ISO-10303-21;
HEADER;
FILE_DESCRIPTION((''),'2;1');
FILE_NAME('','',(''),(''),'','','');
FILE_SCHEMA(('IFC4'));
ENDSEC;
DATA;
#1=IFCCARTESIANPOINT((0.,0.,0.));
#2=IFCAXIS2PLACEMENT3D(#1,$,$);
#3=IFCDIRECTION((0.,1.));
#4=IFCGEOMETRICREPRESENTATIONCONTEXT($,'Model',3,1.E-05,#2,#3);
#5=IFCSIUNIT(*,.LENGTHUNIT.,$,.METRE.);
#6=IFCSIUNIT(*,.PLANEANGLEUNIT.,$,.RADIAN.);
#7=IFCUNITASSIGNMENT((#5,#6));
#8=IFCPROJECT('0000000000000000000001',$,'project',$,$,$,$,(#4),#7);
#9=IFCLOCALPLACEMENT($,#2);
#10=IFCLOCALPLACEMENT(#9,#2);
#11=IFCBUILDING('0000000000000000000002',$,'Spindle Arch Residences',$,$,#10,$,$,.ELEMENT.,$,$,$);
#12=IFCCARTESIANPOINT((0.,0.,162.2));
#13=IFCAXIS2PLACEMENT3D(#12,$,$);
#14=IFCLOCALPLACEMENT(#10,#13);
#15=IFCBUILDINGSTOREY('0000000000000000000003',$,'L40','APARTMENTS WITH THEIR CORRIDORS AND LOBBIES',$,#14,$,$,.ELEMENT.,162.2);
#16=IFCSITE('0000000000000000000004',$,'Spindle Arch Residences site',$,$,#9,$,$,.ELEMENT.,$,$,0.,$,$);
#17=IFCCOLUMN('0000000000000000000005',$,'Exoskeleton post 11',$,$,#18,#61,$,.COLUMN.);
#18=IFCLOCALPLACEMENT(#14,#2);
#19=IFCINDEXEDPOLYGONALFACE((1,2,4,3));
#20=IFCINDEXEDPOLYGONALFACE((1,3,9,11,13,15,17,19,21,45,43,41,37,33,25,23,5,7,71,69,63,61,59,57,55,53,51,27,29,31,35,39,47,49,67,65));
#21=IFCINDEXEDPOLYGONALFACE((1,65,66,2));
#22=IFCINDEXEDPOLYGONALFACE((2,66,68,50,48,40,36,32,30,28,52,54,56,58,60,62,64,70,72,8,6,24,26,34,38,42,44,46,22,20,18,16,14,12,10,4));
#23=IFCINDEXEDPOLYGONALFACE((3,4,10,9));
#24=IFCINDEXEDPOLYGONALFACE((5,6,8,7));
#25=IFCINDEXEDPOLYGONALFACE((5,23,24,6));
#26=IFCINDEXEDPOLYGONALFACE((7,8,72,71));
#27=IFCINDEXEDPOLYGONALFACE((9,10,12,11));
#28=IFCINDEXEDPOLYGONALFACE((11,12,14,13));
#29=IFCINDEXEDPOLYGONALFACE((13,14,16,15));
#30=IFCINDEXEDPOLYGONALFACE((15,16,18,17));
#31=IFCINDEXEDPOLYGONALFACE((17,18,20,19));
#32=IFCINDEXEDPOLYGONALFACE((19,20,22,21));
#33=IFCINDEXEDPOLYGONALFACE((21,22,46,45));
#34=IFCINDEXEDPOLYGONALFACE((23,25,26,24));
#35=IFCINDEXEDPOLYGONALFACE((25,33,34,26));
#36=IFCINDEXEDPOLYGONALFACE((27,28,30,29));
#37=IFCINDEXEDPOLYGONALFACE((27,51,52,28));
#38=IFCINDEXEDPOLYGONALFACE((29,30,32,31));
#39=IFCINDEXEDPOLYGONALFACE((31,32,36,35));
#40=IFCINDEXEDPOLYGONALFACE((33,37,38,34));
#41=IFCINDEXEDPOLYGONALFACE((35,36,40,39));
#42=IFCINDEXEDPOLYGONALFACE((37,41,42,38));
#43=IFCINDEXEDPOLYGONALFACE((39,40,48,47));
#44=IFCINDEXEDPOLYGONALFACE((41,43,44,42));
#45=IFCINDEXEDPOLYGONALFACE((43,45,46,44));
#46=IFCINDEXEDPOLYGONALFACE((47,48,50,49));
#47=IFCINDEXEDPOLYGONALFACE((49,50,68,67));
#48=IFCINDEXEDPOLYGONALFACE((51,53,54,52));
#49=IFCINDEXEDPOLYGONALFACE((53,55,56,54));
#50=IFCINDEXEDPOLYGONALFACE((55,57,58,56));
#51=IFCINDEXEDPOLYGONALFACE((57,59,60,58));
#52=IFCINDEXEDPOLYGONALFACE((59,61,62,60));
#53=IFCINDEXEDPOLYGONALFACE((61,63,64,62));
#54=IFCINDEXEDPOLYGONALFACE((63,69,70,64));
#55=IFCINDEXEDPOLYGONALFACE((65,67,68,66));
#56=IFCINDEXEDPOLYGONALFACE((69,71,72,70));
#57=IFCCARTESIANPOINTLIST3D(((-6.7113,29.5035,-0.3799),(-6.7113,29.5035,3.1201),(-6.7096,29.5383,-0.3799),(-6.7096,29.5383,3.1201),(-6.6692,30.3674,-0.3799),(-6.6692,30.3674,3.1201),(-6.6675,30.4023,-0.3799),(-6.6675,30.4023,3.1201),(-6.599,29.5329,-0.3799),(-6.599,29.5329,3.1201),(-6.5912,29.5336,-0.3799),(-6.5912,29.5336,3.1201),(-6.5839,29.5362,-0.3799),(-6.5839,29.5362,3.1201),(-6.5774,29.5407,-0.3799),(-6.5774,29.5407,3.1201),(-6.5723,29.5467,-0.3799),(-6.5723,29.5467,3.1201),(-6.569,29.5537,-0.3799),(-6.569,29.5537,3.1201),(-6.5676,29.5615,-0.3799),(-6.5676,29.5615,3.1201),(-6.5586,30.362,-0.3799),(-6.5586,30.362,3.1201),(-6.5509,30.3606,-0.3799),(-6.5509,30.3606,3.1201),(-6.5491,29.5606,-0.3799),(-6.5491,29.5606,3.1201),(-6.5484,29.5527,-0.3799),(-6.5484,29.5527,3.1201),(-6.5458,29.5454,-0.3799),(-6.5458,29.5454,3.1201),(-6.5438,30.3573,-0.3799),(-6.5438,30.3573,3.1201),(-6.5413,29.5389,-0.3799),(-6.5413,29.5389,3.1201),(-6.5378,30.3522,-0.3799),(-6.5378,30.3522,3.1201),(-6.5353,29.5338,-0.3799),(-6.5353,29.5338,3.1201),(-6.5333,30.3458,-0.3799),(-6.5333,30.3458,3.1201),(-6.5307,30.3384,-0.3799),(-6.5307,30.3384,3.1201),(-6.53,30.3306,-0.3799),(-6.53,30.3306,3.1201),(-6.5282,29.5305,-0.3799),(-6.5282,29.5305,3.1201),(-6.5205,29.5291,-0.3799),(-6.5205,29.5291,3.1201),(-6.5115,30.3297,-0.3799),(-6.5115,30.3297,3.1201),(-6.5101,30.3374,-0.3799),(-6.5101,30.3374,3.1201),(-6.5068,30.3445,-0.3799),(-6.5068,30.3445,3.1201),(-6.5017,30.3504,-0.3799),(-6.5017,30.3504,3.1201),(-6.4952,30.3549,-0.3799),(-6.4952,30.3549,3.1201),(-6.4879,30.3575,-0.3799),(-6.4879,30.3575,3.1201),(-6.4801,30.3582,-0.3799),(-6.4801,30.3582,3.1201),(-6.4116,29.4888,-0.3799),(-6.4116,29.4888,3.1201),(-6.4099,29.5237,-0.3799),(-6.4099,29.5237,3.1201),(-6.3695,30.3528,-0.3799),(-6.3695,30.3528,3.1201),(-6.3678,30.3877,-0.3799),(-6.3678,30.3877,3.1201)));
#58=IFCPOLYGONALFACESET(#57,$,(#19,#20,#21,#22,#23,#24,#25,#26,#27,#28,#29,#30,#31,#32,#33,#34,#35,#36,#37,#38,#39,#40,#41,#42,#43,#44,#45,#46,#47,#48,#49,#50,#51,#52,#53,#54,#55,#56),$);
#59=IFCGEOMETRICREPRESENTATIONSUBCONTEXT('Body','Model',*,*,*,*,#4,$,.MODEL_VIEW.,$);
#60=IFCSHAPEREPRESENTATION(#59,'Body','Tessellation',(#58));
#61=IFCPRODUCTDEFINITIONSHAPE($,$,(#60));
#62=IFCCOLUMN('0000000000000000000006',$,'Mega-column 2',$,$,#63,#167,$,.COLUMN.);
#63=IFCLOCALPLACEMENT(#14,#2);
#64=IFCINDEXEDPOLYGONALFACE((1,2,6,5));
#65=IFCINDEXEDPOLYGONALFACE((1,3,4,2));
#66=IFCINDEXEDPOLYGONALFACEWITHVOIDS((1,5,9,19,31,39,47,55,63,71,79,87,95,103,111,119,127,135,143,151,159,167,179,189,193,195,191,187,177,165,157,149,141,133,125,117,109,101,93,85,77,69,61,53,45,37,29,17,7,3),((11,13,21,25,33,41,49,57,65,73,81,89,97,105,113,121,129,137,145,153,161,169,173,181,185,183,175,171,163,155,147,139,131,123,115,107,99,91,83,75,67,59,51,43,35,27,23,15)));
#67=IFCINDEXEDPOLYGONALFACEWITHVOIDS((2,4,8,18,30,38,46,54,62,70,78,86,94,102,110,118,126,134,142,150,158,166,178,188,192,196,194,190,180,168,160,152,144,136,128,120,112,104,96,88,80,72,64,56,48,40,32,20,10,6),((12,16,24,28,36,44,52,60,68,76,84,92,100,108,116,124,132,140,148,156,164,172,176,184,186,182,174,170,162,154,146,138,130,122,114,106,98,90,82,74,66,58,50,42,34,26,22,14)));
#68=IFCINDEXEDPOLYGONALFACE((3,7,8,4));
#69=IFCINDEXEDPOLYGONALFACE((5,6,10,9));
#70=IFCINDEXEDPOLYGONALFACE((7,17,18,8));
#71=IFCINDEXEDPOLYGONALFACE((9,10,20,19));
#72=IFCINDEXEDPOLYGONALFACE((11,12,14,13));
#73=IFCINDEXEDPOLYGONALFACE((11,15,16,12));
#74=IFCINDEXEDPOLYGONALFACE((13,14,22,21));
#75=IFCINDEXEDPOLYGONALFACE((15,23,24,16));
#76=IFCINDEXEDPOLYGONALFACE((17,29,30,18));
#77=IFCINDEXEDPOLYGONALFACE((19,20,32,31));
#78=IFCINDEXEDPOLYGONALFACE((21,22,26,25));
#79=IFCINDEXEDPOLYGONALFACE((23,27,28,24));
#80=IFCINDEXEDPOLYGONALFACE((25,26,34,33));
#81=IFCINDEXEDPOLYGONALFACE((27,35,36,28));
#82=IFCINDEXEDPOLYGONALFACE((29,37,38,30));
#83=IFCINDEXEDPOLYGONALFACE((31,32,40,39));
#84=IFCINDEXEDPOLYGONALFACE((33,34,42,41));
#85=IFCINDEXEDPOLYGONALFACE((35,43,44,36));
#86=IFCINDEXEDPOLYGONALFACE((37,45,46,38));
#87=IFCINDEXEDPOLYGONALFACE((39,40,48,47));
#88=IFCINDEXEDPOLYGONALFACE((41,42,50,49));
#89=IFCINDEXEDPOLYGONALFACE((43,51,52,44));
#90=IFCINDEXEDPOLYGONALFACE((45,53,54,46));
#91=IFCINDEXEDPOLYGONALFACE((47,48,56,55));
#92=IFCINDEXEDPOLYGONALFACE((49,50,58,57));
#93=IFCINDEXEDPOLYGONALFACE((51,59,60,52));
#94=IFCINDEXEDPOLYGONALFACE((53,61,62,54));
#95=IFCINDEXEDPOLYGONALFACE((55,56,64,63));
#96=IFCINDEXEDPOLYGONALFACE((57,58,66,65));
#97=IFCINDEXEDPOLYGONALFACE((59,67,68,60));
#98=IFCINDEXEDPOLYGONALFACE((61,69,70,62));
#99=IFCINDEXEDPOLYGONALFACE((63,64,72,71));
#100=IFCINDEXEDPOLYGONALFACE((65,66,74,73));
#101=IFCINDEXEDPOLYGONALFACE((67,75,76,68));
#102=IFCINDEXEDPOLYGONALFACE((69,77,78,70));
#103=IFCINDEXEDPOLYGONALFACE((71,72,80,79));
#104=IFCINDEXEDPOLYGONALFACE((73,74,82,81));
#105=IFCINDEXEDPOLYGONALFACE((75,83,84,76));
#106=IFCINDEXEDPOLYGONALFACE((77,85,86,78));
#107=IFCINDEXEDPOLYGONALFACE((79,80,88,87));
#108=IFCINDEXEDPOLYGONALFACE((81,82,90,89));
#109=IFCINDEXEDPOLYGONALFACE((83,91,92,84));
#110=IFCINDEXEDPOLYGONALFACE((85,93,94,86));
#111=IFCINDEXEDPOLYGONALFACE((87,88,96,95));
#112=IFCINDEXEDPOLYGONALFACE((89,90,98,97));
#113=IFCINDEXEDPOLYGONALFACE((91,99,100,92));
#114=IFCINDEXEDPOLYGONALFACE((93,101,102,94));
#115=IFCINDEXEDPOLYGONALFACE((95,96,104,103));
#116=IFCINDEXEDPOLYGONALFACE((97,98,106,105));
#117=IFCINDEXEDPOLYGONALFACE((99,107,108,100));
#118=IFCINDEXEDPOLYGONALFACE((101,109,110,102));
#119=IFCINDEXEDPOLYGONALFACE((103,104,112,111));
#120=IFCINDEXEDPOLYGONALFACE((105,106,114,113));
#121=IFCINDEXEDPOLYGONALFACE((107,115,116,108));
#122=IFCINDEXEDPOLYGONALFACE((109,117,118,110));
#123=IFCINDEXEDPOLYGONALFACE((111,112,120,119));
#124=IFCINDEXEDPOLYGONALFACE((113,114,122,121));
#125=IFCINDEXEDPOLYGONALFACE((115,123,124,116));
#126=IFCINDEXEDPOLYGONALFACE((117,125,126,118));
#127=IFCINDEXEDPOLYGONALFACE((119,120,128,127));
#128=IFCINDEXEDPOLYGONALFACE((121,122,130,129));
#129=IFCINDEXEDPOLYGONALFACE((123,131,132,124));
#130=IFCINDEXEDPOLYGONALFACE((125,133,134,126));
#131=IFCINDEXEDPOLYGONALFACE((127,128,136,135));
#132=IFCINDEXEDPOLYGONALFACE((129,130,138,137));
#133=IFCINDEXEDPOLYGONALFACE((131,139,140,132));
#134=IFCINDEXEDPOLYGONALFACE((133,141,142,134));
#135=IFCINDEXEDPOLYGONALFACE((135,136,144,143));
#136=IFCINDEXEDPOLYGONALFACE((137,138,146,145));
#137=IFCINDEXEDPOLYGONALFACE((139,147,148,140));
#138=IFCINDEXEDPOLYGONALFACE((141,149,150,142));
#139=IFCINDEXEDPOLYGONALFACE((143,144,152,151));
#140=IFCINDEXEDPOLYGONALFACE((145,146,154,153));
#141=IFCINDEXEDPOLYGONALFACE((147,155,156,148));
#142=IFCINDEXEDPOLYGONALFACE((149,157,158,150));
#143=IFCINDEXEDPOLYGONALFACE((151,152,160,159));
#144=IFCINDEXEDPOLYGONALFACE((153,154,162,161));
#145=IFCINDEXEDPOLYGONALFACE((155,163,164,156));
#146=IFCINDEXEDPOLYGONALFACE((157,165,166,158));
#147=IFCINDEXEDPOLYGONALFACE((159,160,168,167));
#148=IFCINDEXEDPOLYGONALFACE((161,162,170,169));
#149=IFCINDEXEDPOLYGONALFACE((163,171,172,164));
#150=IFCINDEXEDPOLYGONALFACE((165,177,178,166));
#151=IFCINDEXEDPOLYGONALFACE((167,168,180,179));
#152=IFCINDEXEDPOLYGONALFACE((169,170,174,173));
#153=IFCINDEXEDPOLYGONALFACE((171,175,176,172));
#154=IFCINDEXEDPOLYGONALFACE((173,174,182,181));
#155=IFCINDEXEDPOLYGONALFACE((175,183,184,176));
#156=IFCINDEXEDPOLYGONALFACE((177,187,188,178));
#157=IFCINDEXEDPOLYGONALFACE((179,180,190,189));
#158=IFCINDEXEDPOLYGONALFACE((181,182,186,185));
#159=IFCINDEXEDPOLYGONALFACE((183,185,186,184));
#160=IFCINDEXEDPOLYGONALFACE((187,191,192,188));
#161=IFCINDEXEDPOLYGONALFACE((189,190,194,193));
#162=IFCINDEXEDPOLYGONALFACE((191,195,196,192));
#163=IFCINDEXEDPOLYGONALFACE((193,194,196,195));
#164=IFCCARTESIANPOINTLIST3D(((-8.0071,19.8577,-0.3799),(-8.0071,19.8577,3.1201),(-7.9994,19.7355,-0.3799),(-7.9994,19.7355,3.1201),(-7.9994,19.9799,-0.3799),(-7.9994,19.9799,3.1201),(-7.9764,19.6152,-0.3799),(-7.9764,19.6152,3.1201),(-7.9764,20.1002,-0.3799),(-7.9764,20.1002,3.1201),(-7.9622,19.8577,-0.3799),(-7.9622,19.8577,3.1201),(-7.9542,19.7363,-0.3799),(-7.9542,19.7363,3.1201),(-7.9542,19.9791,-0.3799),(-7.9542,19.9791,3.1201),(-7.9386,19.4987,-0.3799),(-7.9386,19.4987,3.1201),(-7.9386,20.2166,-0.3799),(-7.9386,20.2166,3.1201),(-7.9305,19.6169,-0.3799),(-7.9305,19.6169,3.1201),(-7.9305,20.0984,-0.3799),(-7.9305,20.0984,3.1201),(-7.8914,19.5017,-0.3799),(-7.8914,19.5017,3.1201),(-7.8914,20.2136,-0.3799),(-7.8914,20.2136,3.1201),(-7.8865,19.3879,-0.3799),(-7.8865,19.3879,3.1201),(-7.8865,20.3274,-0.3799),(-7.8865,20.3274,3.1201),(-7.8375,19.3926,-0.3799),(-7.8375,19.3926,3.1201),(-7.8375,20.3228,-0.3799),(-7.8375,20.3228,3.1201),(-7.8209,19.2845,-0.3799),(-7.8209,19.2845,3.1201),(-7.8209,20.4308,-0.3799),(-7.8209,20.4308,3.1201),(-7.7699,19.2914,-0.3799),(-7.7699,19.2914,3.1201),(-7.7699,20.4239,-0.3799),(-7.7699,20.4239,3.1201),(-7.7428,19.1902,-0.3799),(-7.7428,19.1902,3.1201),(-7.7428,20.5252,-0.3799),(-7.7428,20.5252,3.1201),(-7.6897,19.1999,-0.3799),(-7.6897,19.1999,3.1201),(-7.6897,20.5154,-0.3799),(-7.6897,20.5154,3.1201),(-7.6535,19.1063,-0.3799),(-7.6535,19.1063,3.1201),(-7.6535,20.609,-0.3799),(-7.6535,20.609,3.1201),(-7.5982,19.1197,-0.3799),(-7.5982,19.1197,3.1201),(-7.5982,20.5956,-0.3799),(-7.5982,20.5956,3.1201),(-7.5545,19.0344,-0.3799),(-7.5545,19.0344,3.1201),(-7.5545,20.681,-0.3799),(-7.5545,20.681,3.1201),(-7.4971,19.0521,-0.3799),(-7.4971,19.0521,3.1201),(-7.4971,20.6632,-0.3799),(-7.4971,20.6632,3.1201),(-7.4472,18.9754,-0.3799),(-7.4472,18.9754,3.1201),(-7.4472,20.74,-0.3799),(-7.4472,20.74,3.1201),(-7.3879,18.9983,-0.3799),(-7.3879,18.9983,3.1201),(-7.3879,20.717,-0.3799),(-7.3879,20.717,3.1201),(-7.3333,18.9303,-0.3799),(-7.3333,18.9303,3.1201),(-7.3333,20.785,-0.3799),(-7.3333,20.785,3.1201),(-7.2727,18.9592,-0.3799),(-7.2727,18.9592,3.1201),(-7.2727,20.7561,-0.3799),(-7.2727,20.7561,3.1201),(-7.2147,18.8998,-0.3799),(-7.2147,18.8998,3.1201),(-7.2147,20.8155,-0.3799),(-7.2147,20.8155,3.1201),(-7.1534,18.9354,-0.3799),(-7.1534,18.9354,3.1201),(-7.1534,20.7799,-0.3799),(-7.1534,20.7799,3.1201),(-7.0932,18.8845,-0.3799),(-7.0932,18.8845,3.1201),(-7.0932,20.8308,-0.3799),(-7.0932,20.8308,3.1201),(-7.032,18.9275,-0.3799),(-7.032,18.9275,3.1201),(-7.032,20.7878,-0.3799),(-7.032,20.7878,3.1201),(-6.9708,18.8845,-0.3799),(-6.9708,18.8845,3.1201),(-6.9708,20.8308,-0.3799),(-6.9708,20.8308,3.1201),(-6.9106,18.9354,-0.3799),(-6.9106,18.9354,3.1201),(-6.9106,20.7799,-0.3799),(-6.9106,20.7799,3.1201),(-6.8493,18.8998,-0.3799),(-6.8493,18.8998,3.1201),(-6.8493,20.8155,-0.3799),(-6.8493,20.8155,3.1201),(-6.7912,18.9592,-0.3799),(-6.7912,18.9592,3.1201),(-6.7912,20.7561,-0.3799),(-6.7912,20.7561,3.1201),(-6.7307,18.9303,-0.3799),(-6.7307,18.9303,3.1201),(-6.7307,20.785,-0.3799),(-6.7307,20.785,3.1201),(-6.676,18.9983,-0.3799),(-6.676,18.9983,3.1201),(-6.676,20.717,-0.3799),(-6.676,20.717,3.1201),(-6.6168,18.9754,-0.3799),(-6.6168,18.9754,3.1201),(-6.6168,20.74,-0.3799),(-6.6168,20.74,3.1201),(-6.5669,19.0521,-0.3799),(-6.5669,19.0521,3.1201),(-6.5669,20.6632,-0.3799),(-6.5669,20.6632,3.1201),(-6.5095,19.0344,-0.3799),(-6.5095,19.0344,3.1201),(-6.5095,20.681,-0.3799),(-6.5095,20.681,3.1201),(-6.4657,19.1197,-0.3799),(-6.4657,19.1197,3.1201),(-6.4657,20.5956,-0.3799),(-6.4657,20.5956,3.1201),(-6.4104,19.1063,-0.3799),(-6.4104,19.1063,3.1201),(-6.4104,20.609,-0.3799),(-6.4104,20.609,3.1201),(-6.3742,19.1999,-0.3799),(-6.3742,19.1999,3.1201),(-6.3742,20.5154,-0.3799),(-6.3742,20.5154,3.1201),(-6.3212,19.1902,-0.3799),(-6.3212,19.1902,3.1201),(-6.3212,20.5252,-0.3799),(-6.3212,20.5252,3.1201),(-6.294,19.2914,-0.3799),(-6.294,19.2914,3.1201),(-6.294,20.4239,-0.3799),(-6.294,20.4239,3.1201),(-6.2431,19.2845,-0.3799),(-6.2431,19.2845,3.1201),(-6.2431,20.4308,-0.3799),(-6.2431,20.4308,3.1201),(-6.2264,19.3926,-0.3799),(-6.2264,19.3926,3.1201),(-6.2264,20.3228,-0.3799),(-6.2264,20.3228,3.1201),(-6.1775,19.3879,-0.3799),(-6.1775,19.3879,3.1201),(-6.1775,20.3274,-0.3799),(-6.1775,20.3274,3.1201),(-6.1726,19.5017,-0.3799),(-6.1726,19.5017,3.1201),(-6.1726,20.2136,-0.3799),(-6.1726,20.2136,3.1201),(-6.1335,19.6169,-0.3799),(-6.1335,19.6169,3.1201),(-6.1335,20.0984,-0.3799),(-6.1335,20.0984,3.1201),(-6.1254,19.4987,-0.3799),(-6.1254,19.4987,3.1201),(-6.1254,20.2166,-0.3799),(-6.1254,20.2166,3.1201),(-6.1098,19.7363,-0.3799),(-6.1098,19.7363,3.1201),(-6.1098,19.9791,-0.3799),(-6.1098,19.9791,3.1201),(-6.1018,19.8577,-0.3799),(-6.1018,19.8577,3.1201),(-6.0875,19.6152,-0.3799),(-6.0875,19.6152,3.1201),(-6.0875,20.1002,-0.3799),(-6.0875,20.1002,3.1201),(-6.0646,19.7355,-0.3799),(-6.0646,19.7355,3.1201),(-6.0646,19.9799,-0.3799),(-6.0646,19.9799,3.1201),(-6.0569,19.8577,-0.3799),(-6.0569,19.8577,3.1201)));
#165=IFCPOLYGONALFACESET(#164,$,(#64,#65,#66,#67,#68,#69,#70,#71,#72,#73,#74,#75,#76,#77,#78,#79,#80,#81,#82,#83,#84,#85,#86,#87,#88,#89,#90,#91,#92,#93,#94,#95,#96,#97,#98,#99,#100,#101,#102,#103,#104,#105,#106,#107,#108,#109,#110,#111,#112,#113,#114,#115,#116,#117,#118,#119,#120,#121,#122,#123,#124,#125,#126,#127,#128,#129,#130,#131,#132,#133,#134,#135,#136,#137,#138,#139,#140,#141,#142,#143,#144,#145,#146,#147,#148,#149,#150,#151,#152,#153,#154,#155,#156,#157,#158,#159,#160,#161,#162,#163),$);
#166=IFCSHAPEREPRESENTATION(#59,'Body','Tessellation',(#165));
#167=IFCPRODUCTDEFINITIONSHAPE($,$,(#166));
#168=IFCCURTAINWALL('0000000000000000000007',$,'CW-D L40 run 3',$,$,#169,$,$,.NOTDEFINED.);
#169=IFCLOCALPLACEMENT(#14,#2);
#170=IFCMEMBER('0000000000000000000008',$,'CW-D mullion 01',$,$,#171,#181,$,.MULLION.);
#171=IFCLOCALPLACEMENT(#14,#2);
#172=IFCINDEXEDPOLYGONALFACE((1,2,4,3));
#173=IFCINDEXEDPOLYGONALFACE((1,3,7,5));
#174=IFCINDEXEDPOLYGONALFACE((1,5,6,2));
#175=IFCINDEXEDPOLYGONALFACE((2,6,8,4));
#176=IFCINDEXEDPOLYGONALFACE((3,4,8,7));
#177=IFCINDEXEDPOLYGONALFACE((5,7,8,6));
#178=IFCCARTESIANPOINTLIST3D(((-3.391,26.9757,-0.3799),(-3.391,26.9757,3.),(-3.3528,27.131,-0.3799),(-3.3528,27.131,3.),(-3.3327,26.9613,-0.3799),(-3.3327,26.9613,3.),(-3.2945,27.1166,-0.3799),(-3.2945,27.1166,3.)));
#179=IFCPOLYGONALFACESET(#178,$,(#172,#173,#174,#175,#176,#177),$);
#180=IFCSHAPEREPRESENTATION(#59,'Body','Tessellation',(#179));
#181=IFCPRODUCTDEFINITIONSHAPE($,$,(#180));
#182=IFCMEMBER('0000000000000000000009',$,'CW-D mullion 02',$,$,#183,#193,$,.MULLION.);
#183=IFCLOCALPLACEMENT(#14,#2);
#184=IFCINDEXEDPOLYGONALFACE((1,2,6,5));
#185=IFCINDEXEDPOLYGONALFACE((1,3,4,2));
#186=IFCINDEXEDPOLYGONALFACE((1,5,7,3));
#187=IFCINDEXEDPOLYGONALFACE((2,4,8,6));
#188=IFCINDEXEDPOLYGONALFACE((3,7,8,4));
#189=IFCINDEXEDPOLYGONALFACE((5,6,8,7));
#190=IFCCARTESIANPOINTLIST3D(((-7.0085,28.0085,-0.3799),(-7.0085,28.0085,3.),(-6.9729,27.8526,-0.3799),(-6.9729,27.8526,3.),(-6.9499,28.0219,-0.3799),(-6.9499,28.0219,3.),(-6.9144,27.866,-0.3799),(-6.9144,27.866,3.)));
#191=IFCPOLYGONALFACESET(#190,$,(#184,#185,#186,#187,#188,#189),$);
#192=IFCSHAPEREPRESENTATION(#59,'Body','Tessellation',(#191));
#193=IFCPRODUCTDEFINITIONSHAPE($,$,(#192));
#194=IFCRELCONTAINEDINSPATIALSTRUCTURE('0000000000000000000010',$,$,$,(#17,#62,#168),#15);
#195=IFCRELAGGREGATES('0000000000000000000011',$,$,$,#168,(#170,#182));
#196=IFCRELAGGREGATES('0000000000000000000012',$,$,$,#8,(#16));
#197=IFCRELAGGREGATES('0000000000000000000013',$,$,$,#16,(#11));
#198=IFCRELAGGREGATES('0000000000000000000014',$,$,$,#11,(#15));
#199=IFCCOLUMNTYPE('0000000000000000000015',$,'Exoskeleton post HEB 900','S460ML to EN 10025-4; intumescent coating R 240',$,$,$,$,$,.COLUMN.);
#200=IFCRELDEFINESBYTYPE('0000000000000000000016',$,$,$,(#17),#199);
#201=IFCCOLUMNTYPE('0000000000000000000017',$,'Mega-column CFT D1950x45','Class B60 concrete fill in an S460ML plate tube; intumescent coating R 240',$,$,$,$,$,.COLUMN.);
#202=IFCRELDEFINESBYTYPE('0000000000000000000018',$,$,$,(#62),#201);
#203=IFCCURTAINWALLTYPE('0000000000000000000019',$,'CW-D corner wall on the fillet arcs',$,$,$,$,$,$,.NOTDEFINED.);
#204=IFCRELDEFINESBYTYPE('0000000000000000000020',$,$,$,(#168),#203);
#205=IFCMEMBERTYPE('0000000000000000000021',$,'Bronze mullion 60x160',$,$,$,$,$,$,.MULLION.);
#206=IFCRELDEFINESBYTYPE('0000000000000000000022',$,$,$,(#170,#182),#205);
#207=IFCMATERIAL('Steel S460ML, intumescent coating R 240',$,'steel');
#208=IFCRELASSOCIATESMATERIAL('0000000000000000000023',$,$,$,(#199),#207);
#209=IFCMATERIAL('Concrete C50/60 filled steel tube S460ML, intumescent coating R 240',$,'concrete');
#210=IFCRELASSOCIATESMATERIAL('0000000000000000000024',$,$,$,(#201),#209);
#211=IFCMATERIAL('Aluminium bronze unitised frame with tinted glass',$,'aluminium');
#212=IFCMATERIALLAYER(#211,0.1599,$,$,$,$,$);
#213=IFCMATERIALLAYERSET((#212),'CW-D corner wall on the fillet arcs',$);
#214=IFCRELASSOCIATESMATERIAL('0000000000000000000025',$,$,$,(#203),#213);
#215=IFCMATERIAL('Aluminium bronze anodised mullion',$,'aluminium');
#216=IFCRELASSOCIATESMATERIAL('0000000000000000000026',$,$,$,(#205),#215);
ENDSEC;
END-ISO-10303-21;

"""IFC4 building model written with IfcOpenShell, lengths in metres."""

from ifc_helpers import new_model, si_unit, direction, frame, origin, origin_2d, place, context, subcontext, project, spatial, rectangle, hollow_circle, i_section, extrude, material, layer, layer_set, material_profile, profile_set, type_object, element, aggregate, save


model = new_model("IFC4")

# Units and contexts
model_context = context("Model", 3, precision=1e-05, world=origin(), true_north=direction((0.0, 1.0)))
body_context = subcontext(model_context, "Body", "Model", "MODEL_VIEW")
ifc_project = project(units=[si_unit("LENGTHUNIT", "METRE"), si_unit("PLANEANGLEUNIT", "RADIAN")], contexts=[model_context])

# Site, building, storey
site_placement = place(None, origin())
site = spatial("IfcSite", under=ifc_project, at=site_placement, Name="Spindle Arch Residences site", CompositionType="ELEMENT", RefElevation=0.0)
building_placement = place(site_placement, origin())
building = spatial("IfcBuilding", under=site, at=building_placement, Name="Spindle Arch Residences", CompositionType="ELEMENT")
storey_placement = place(building_placement, frame((0.0, 0.0, 162.2)))
storey = spatial("IfcBuildingStorey", under=building, at=storey_placement, Name="L40", Description="APARTMENTS WITH THEIR CORRIDORS AND LOBBIES", CompositionType="ELEMENT", Elevation=162.2)

# Columns
ifc_material_1 = material(Name="Steel S460ML, intumescent coating R 240", Category="steel")
ifc_material_profile_1 = material_profile(ifc_material_1, i_section(OverallWidth=0.3, OverallDepth=0.8999, WebThickness=0.0186, FlangeThickness=0.0349, FilletRadius=0.03, at=origin_2d()), Name="HEB 900")
ifc_profile_set_1 = profile_set([ifc_material_profile_1], Name="Steel S460ML, intumescent coating R 240")
column_type_1 = type_object("IfcColumnType", Name="Exoskeleton post HEB 900", Description="S460ML to EN 10025-4; intumescent coating R 240", PredefinedType="COLUMN", material=ifc_profile_set_1)
column_1_placement = place(storey_placement, frame((-6.5396, 29.9456, -0.3799), z_axis=(0.0, 0.0, 1.0), x_axis=(0.998811, -0.048754, 0.0)))
element("IfcColumn", 1, at=column_1_placement, inside=storey, type_object=column_type_1, Name="Exoskeleton post 11", PredefinedType="COLUMN", context=body_context, shape_type="SweptSolid", body=[
    extrude(i_section(OverallWidth=0.3, OverallDepth=0.8999, WebThickness=0.0186, FlangeThickness=0.0349, FilletRadius=0.03, at=origin_2d()), origin(), (0.0, 0.0, 1.0), 3.5),
])
ifc_material_2 = material(Name="Concrete C50/60 filled steel tube S460ML, intumescent coating R 240", Category="concrete")
ifc_material_profile_2 = material_profile(ifc_material_2, hollow_circle(Radius=0.9751, WallThickness=0.0449, at=origin_2d()), Name="CFT D1950x45")
ifc_profile_set_2 = profile_set([ifc_material_profile_2], Name="Concrete C50/60 filled steel tube S460ML, intumescent coating R 240")
column_type_2 = type_object("IfcColumnType", Name="Mega-column CFT D1950x45", Description="Class B60 concrete fill in an S460ML plate tube; intumescent coating R 240", PredefinedType="COLUMN", material=ifc_profile_set_2)
column_2_placement = place(storey_placement, frame((-7.032, 19.8577, -0.3799), z_axis=(0.0, 0.0, 1.0), x_axis=(1.0, 0.0, 0.0)))
element("IfcColumn", 2, at=column_2_placement, inside=storey, type_object=column_type_2, Name="Mega-column 2", PredefinedType="COLUMN", context=body_context, shape_type="SweptSolid", body=[
    extrude(hollow_circle(Radius=0.9751, WallThickness=0.0449, at=origin_2d()), origin(), (0.0, 0.0, 1.0), 3.5),
])

# Curtain wall, members
ifc_material_3 = material(Name="Aluminium bronze unitised frame with tinted glass", Category="aluminium")
ifc_layer_1 = layer(ifc_material_3, 0.1599)
ifc_layer_set_1 = layer_set([ifc_layer_1], Name="CW-D corner wall on the fillet arcs")
curtain_wall_type = type_object("IfcCurtainWallType", Name="CW-D corner wall on the fillet arcs", PredefinedType="NOTDEFINED", material=ifc_layer_set_1)
curtain_wall_placement = place(storey_placement, origin())
curtain_wall = element("IfcCurtainWall", 3, at=curtain_wall_placement, inside=storey, type_object=curtain_wall_type, Name="CW-D L40 run 3", PredefinedType="NOTDEFINED")
ifc_material_4 = material(Name="Aluminium bronze anodised mullion", Category="aluminium")
ifc_material_profile_3 = material_profile(ifc_material_4, rectangle(XDim=0.1599, YDim=0.0601, at=origin_2d()), Name="MU 60x160")
ifc_profile_set_3 = profile_set([ifc_material_profile_3], Name="Aluminium bronze anodised mullion")
member_type_1 = type_object("IfcMemberType", Name="Bronze mullion 60x160", PredefinedType="MULLION", material=ifc_profile_set_3)
member_1_placement = place(storey_placement, frame((-3.3428, 27.0461, -0.3799), z_axis=(0.0, 0.0, 1.0), x_axis=(-0.239098, -0.970995, 0.0)))
member_1 = element("IfcMember", 4, at=member_1_placement, type_object=member_type_1, Name="CW-D mullion 01", PredefinedType="MULLION", context=body_context, shape_type="SweptSolid", body=[
    extrude(rectangle(XDim=0.1599, YDim=0.0601, at=origin_2d()), origin(), (0.0, 0.0, 1.0), 3.3799),
])
member_2_placement = place(storey_placement, frame((-6.9614, 27.9373, -0.3799), z_axis=(0.0, 0.0, 1.0), x_axis=(0.222116, -0.97502, 0.0)))
member_2 = element("IfcMember", 5, at=member_2_placement, type_object=member_type_1, Name="CW-D mullion 02", PredefinedType="MULLION", context=body_context, shape_type="SweptSolid", body=[
    extrude(rectangle(XDim=0.1599, YDim=0.0601, at=origin_2d()), origin(), (0.0, 0.0, 1.0), 3.3799),
])

aggregate(curtain_wall, [member_1, member_2])

save(model, "model.ifc")
